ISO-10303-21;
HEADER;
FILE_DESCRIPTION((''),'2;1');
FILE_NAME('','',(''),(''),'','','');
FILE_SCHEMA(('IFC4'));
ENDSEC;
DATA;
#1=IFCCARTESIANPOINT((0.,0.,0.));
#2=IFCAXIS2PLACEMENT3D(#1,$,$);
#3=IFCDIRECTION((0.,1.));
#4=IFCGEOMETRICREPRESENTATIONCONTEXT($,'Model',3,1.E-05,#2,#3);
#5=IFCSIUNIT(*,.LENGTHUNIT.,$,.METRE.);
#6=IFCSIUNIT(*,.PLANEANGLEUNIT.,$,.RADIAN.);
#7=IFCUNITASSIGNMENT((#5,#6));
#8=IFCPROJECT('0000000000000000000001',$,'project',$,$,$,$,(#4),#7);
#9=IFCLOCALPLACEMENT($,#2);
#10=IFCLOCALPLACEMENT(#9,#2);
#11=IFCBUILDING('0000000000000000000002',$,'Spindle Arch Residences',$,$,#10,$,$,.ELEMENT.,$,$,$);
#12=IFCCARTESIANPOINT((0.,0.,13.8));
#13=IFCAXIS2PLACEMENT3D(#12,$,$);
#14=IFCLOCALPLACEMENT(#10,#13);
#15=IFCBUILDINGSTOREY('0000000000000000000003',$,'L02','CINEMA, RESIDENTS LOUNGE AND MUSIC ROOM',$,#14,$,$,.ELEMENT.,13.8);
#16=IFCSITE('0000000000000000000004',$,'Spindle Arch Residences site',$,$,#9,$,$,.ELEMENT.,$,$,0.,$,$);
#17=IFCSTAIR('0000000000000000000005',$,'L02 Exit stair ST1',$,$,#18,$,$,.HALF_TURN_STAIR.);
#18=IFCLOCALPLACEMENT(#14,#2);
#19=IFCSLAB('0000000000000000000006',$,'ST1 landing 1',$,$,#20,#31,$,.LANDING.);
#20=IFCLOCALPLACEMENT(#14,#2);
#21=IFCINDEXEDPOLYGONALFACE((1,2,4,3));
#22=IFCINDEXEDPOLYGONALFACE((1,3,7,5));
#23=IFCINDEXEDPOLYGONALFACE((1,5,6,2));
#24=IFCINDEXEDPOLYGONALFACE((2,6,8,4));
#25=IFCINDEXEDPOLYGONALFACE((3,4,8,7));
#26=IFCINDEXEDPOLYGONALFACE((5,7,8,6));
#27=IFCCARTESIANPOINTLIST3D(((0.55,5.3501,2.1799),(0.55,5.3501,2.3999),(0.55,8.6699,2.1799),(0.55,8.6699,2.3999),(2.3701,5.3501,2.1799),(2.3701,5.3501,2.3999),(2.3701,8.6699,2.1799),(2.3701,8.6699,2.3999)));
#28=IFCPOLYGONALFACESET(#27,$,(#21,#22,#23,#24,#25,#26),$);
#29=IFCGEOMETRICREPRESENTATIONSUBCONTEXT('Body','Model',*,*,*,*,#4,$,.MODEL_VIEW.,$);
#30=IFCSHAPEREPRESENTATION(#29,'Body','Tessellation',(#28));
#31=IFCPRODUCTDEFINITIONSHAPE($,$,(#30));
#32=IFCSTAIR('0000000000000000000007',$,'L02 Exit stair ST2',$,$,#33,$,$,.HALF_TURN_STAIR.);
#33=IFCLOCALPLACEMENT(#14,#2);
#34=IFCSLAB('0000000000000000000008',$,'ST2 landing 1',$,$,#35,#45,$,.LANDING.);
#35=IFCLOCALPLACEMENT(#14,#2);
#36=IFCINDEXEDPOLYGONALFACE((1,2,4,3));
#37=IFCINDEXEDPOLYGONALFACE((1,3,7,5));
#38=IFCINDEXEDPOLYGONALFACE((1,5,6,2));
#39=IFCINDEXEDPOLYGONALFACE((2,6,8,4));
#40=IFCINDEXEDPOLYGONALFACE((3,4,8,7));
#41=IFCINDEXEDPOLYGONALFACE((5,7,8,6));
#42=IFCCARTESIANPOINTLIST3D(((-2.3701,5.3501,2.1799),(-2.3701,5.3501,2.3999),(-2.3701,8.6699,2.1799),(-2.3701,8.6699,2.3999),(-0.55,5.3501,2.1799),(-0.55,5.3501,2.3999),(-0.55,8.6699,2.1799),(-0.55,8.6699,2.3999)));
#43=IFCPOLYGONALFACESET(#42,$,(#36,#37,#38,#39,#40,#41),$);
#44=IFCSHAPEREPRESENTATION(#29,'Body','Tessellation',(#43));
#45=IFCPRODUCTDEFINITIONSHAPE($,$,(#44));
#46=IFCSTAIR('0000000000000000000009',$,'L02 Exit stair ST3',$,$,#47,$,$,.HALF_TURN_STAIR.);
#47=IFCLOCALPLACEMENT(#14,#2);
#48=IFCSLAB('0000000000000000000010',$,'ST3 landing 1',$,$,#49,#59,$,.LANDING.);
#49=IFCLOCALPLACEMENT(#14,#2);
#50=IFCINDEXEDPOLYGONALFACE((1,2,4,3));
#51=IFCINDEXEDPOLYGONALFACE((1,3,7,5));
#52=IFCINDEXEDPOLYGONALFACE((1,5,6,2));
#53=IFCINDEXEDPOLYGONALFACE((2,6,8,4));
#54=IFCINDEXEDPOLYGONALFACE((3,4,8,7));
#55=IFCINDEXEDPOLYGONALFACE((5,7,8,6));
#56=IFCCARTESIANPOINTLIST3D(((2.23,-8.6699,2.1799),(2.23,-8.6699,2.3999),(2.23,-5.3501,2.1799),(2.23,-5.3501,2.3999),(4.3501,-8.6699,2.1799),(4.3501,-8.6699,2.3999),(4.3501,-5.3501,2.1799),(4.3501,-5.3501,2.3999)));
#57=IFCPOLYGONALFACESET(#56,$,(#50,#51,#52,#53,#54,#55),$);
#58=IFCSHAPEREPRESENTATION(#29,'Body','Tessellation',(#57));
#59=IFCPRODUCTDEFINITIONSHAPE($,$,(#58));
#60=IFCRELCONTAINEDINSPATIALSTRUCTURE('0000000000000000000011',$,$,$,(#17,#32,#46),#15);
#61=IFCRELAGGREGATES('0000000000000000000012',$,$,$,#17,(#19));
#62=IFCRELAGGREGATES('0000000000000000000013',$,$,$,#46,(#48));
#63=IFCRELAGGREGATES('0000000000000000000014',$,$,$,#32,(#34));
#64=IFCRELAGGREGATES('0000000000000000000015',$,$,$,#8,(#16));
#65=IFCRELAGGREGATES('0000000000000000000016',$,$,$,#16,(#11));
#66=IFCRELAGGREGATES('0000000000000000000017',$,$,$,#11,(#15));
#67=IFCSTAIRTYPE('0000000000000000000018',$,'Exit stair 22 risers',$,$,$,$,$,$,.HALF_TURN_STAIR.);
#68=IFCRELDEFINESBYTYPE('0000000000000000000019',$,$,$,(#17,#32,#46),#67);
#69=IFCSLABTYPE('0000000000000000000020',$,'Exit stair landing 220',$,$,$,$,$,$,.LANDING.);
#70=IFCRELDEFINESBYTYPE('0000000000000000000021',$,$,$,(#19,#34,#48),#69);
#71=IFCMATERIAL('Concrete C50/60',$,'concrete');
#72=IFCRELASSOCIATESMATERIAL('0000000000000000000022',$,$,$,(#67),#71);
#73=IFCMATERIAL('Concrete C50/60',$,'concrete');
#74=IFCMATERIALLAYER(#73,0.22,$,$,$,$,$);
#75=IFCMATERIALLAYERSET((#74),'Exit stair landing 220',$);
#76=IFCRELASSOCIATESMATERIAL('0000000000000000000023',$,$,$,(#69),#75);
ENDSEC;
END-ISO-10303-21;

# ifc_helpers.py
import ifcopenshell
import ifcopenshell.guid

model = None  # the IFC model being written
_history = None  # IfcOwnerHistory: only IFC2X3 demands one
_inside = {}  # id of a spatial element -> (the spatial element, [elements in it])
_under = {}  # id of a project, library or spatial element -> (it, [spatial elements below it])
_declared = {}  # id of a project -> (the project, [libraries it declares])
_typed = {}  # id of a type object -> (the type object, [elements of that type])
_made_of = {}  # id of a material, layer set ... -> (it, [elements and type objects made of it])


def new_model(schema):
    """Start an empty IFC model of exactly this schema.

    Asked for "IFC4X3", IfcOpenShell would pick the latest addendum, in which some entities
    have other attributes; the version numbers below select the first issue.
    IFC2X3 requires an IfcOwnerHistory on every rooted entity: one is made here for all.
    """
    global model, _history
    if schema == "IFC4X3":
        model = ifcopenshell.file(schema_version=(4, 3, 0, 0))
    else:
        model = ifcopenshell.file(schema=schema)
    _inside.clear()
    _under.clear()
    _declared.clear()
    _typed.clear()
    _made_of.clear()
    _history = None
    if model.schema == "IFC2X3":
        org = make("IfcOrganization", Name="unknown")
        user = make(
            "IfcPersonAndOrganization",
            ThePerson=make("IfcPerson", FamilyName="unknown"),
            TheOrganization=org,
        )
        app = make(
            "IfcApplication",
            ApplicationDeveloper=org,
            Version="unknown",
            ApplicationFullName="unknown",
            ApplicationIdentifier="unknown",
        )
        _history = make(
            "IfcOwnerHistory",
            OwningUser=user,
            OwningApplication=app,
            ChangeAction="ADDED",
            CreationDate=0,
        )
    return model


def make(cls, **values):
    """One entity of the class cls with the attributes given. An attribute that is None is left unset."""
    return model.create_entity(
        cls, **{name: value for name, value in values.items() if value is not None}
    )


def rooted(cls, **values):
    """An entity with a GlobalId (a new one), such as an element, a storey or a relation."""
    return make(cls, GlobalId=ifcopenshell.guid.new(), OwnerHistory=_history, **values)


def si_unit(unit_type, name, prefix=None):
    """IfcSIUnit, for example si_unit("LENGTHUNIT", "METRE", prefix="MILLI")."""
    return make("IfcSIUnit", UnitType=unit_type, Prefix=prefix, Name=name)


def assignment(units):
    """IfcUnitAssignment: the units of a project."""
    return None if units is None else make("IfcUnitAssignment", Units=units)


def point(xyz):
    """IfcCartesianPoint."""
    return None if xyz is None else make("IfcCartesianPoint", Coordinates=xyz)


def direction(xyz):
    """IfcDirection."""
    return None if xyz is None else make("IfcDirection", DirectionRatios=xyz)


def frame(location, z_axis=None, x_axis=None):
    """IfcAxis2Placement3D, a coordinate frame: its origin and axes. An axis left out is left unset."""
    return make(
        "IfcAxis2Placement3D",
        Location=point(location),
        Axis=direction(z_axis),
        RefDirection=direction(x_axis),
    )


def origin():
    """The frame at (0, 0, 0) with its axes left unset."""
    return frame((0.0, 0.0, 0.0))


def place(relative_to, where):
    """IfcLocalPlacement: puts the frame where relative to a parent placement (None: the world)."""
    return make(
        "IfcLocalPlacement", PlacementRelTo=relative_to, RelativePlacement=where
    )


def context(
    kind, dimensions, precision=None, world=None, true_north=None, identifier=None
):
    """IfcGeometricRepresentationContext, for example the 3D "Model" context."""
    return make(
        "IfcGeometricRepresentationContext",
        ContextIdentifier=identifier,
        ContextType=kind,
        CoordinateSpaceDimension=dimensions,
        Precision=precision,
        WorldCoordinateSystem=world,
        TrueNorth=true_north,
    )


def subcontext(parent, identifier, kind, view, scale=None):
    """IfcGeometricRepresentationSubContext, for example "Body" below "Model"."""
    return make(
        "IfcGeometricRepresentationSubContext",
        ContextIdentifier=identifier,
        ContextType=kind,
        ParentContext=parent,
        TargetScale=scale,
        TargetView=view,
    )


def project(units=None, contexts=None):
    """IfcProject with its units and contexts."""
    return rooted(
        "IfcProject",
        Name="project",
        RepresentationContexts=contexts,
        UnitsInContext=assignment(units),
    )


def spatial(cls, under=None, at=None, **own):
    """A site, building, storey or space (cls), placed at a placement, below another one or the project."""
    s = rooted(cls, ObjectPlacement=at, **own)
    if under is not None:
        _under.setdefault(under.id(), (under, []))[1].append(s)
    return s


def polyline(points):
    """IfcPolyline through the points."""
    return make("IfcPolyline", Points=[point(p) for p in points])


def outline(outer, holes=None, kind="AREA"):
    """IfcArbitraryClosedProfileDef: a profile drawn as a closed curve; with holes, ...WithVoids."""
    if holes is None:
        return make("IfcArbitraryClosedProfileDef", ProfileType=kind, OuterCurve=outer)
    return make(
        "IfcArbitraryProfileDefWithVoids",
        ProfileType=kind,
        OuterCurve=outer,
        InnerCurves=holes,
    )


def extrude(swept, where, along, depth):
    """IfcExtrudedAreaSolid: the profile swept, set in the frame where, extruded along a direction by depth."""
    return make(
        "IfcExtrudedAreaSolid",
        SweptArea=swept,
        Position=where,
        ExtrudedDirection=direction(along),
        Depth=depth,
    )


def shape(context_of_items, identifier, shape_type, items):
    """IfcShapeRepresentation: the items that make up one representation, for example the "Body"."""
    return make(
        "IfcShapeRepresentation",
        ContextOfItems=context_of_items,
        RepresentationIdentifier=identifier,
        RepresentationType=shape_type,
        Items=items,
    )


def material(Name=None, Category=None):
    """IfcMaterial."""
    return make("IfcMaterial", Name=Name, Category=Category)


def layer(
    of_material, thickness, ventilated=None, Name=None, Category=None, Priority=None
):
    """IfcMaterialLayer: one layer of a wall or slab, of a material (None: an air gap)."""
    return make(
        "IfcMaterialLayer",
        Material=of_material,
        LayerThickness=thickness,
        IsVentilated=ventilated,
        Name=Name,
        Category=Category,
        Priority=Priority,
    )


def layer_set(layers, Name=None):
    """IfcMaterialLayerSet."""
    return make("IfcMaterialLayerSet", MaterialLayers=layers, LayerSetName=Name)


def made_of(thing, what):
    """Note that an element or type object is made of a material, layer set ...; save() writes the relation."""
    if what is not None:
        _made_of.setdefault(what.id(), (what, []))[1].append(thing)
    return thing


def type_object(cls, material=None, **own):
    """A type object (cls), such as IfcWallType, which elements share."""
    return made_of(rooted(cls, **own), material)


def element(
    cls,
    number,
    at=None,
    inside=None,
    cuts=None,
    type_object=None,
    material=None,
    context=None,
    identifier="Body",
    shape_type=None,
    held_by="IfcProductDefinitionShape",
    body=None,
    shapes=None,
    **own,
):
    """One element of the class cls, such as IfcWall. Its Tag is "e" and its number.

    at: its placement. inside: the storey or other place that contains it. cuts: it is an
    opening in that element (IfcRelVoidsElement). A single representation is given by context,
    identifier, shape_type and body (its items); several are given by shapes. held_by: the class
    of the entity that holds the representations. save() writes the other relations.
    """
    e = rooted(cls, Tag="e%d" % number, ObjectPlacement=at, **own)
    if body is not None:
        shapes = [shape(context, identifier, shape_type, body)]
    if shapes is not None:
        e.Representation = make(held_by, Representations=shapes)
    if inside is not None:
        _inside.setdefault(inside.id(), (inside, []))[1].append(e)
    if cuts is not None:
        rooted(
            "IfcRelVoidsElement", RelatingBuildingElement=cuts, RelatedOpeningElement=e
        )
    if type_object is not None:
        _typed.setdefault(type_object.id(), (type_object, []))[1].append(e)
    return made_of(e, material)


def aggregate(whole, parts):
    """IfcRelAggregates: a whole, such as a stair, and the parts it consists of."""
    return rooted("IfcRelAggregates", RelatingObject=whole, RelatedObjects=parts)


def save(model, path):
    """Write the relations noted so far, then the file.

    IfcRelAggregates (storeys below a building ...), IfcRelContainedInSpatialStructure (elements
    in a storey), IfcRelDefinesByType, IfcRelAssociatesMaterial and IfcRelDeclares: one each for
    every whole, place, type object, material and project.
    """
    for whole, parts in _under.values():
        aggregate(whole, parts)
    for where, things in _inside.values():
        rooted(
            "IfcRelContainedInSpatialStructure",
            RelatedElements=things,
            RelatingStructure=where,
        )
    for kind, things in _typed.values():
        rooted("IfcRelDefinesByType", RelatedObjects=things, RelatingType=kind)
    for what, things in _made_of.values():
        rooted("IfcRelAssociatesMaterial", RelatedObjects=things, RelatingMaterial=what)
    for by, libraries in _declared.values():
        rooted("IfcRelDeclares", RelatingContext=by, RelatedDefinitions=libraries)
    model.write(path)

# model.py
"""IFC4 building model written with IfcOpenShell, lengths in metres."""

from ifc_helpers import new_model, si_unit, direction, frame, origin, place, context, subcontext, project, spatial, polyline, outline, extrude, material, layer, layer_set, type_object, element, aggregate, save


model = new_model("IFC4")

# Units and contexts
model_context = context("Model", 3, precision=1e-05, world=origin(), true_north=direction((0.0, 1.0)))
body_context = subcontext(model_context, "Body", "Model", "MODEL_VIEW")
ifc_project = project(units=[si_unit("LENGTHUNIT", "METRE"), si_unit("PLANEANGLEUNIT", "RADIAN")], contexts=[model_context])

# Site, building, storey
site_placement = place(None, origin())
site = spatial("IfcSite", under=ifc_project, at=site_placement, Name="Spindle Arch Residences site", CompositionType="ELEMENT", RefElevation=0.0)
building_placement = place(site_placement, origin())
building = spatial("IfcBuilding", under=site, at=building_placement, Name="Spindle Arch Residences", CompositionType="ELEMENT")
storey_placement = place(building_placement, frame((0.0, 0.0, 13.8)))
storey = spatial("IfcBuildingStorey", under=building, at=storey_placement, Name="L02", Description="CINEMA, RESIDENTS LOUNGE AND MUSIC ROOM", CompositionType="ELEMENT", Elevation=13.8)

# Stairs, slabs
ifc_material_1 = material(Name="Concrete C50/60", Category="concrete")
stair_type = type_object("IfcStairType", Name="Exit stair 22 risers", PredefinedType="HALF_TURN_STAIR", material=ifc_material_1)
stair_1_placement = place(storey_placement, origin())
stair_1 = element("IfcStair", 1, at=stair_1_placement, inside=storey, type_object=stair_type, Name="L02 Exit stair ST1", PredefinedType="HALF_TURN_STAIR")
ifc_material_2 = material(Name="Concrete C50/60", Category="concrete")
ifc_layer_1 = layer(ifc_material_2, 0.22)
ifc_layer_set_1 = layer_set([ifc_layer_1], Name="Exit stair landing 220")
slab_type_1 = type_object("IfcSlabType", Name="Exit stair landing 220", PredefinedType="LANDING", material=ifc_layer_set_1)
slab_1_placement = place(storey_placement, frame((0.0, 0.0, 2.1799)))
slab_1 = element("IfcSlab", 2, at=slab_1_placement, type_object=slab_type_1, Name="ST1 landing 1", PredefinedType="LANDING", context=body_context, shape_type="SweptSolid", body=[
    extrude(outline(polyline([(2.3701, 8.6699), (0.55, 8.6699), (0.55, 5.3501), (2.3701, 5.3501), (2.3701, 8.6699)])), origin(), (0.0, 0.0, 1.0), 0.22),
])
aggregate(stair_1, [slab_1])
stair_2_placement = place(storey_placement, origin())
stair_2 = element("IfcStair", 3, at=stair_2_placement, inside=storey, type_object=stair_type, Name="L02 Exit stair ST2", PredefinedType="HALF_TURN_STAIR")
slab_2_placement = place(storey_placement, frame((0.0, 0.0, 2.1799)))
slab_2 = element("IfcSlab", 4, at=slab_2_placement, type_object=slab_type_1, Name="ST2 landing 1", PredefinedType="LANDING", context=body_context, shape_type="SweptSolid", body=[
    extrude(outline(polyline([(-2.3701, 5.3501), (-0.55, 5.3501), (-0.55, 8.6699), (-2.3701, 8.6699), (-2.3701, 5.3501)])), origin(), (0.0, 0.0, 1.0), 0.22),
])
stair_3_placement = place(storey_placement, origin())
stair_3 = element("IfcStair", 5, at=stair_3_placement, inside=storey, type_object=stair_type, Name="L02 Exit stair ST3", PredefinedType="HALF_TURN_STAIR")
slab_3_placement = place(storey_placement, frame((0.0, 0.0, 2.1799)))
slab_3 = element("IfcSlab", 6, at=slab_3_placement, type_object=slab_type_1, Name="ST3 landing 1", PredefinedType="LANDING", context=body_context, shape_type="SweptSolid", body=[
    extrude(outline(polyline([(2.23, -8.6699), (4.3501, -8.6699), (4.3501, -5.3501), (2.23, -5.3501), (2.23, -8.6699)])), origin(), (0.0, 0.0, 1.0), 0.22),
])
aggregate(stair_3, [slab_3])

aggregate(stair_2, [slab_2])

save(model, "model.ifc")
